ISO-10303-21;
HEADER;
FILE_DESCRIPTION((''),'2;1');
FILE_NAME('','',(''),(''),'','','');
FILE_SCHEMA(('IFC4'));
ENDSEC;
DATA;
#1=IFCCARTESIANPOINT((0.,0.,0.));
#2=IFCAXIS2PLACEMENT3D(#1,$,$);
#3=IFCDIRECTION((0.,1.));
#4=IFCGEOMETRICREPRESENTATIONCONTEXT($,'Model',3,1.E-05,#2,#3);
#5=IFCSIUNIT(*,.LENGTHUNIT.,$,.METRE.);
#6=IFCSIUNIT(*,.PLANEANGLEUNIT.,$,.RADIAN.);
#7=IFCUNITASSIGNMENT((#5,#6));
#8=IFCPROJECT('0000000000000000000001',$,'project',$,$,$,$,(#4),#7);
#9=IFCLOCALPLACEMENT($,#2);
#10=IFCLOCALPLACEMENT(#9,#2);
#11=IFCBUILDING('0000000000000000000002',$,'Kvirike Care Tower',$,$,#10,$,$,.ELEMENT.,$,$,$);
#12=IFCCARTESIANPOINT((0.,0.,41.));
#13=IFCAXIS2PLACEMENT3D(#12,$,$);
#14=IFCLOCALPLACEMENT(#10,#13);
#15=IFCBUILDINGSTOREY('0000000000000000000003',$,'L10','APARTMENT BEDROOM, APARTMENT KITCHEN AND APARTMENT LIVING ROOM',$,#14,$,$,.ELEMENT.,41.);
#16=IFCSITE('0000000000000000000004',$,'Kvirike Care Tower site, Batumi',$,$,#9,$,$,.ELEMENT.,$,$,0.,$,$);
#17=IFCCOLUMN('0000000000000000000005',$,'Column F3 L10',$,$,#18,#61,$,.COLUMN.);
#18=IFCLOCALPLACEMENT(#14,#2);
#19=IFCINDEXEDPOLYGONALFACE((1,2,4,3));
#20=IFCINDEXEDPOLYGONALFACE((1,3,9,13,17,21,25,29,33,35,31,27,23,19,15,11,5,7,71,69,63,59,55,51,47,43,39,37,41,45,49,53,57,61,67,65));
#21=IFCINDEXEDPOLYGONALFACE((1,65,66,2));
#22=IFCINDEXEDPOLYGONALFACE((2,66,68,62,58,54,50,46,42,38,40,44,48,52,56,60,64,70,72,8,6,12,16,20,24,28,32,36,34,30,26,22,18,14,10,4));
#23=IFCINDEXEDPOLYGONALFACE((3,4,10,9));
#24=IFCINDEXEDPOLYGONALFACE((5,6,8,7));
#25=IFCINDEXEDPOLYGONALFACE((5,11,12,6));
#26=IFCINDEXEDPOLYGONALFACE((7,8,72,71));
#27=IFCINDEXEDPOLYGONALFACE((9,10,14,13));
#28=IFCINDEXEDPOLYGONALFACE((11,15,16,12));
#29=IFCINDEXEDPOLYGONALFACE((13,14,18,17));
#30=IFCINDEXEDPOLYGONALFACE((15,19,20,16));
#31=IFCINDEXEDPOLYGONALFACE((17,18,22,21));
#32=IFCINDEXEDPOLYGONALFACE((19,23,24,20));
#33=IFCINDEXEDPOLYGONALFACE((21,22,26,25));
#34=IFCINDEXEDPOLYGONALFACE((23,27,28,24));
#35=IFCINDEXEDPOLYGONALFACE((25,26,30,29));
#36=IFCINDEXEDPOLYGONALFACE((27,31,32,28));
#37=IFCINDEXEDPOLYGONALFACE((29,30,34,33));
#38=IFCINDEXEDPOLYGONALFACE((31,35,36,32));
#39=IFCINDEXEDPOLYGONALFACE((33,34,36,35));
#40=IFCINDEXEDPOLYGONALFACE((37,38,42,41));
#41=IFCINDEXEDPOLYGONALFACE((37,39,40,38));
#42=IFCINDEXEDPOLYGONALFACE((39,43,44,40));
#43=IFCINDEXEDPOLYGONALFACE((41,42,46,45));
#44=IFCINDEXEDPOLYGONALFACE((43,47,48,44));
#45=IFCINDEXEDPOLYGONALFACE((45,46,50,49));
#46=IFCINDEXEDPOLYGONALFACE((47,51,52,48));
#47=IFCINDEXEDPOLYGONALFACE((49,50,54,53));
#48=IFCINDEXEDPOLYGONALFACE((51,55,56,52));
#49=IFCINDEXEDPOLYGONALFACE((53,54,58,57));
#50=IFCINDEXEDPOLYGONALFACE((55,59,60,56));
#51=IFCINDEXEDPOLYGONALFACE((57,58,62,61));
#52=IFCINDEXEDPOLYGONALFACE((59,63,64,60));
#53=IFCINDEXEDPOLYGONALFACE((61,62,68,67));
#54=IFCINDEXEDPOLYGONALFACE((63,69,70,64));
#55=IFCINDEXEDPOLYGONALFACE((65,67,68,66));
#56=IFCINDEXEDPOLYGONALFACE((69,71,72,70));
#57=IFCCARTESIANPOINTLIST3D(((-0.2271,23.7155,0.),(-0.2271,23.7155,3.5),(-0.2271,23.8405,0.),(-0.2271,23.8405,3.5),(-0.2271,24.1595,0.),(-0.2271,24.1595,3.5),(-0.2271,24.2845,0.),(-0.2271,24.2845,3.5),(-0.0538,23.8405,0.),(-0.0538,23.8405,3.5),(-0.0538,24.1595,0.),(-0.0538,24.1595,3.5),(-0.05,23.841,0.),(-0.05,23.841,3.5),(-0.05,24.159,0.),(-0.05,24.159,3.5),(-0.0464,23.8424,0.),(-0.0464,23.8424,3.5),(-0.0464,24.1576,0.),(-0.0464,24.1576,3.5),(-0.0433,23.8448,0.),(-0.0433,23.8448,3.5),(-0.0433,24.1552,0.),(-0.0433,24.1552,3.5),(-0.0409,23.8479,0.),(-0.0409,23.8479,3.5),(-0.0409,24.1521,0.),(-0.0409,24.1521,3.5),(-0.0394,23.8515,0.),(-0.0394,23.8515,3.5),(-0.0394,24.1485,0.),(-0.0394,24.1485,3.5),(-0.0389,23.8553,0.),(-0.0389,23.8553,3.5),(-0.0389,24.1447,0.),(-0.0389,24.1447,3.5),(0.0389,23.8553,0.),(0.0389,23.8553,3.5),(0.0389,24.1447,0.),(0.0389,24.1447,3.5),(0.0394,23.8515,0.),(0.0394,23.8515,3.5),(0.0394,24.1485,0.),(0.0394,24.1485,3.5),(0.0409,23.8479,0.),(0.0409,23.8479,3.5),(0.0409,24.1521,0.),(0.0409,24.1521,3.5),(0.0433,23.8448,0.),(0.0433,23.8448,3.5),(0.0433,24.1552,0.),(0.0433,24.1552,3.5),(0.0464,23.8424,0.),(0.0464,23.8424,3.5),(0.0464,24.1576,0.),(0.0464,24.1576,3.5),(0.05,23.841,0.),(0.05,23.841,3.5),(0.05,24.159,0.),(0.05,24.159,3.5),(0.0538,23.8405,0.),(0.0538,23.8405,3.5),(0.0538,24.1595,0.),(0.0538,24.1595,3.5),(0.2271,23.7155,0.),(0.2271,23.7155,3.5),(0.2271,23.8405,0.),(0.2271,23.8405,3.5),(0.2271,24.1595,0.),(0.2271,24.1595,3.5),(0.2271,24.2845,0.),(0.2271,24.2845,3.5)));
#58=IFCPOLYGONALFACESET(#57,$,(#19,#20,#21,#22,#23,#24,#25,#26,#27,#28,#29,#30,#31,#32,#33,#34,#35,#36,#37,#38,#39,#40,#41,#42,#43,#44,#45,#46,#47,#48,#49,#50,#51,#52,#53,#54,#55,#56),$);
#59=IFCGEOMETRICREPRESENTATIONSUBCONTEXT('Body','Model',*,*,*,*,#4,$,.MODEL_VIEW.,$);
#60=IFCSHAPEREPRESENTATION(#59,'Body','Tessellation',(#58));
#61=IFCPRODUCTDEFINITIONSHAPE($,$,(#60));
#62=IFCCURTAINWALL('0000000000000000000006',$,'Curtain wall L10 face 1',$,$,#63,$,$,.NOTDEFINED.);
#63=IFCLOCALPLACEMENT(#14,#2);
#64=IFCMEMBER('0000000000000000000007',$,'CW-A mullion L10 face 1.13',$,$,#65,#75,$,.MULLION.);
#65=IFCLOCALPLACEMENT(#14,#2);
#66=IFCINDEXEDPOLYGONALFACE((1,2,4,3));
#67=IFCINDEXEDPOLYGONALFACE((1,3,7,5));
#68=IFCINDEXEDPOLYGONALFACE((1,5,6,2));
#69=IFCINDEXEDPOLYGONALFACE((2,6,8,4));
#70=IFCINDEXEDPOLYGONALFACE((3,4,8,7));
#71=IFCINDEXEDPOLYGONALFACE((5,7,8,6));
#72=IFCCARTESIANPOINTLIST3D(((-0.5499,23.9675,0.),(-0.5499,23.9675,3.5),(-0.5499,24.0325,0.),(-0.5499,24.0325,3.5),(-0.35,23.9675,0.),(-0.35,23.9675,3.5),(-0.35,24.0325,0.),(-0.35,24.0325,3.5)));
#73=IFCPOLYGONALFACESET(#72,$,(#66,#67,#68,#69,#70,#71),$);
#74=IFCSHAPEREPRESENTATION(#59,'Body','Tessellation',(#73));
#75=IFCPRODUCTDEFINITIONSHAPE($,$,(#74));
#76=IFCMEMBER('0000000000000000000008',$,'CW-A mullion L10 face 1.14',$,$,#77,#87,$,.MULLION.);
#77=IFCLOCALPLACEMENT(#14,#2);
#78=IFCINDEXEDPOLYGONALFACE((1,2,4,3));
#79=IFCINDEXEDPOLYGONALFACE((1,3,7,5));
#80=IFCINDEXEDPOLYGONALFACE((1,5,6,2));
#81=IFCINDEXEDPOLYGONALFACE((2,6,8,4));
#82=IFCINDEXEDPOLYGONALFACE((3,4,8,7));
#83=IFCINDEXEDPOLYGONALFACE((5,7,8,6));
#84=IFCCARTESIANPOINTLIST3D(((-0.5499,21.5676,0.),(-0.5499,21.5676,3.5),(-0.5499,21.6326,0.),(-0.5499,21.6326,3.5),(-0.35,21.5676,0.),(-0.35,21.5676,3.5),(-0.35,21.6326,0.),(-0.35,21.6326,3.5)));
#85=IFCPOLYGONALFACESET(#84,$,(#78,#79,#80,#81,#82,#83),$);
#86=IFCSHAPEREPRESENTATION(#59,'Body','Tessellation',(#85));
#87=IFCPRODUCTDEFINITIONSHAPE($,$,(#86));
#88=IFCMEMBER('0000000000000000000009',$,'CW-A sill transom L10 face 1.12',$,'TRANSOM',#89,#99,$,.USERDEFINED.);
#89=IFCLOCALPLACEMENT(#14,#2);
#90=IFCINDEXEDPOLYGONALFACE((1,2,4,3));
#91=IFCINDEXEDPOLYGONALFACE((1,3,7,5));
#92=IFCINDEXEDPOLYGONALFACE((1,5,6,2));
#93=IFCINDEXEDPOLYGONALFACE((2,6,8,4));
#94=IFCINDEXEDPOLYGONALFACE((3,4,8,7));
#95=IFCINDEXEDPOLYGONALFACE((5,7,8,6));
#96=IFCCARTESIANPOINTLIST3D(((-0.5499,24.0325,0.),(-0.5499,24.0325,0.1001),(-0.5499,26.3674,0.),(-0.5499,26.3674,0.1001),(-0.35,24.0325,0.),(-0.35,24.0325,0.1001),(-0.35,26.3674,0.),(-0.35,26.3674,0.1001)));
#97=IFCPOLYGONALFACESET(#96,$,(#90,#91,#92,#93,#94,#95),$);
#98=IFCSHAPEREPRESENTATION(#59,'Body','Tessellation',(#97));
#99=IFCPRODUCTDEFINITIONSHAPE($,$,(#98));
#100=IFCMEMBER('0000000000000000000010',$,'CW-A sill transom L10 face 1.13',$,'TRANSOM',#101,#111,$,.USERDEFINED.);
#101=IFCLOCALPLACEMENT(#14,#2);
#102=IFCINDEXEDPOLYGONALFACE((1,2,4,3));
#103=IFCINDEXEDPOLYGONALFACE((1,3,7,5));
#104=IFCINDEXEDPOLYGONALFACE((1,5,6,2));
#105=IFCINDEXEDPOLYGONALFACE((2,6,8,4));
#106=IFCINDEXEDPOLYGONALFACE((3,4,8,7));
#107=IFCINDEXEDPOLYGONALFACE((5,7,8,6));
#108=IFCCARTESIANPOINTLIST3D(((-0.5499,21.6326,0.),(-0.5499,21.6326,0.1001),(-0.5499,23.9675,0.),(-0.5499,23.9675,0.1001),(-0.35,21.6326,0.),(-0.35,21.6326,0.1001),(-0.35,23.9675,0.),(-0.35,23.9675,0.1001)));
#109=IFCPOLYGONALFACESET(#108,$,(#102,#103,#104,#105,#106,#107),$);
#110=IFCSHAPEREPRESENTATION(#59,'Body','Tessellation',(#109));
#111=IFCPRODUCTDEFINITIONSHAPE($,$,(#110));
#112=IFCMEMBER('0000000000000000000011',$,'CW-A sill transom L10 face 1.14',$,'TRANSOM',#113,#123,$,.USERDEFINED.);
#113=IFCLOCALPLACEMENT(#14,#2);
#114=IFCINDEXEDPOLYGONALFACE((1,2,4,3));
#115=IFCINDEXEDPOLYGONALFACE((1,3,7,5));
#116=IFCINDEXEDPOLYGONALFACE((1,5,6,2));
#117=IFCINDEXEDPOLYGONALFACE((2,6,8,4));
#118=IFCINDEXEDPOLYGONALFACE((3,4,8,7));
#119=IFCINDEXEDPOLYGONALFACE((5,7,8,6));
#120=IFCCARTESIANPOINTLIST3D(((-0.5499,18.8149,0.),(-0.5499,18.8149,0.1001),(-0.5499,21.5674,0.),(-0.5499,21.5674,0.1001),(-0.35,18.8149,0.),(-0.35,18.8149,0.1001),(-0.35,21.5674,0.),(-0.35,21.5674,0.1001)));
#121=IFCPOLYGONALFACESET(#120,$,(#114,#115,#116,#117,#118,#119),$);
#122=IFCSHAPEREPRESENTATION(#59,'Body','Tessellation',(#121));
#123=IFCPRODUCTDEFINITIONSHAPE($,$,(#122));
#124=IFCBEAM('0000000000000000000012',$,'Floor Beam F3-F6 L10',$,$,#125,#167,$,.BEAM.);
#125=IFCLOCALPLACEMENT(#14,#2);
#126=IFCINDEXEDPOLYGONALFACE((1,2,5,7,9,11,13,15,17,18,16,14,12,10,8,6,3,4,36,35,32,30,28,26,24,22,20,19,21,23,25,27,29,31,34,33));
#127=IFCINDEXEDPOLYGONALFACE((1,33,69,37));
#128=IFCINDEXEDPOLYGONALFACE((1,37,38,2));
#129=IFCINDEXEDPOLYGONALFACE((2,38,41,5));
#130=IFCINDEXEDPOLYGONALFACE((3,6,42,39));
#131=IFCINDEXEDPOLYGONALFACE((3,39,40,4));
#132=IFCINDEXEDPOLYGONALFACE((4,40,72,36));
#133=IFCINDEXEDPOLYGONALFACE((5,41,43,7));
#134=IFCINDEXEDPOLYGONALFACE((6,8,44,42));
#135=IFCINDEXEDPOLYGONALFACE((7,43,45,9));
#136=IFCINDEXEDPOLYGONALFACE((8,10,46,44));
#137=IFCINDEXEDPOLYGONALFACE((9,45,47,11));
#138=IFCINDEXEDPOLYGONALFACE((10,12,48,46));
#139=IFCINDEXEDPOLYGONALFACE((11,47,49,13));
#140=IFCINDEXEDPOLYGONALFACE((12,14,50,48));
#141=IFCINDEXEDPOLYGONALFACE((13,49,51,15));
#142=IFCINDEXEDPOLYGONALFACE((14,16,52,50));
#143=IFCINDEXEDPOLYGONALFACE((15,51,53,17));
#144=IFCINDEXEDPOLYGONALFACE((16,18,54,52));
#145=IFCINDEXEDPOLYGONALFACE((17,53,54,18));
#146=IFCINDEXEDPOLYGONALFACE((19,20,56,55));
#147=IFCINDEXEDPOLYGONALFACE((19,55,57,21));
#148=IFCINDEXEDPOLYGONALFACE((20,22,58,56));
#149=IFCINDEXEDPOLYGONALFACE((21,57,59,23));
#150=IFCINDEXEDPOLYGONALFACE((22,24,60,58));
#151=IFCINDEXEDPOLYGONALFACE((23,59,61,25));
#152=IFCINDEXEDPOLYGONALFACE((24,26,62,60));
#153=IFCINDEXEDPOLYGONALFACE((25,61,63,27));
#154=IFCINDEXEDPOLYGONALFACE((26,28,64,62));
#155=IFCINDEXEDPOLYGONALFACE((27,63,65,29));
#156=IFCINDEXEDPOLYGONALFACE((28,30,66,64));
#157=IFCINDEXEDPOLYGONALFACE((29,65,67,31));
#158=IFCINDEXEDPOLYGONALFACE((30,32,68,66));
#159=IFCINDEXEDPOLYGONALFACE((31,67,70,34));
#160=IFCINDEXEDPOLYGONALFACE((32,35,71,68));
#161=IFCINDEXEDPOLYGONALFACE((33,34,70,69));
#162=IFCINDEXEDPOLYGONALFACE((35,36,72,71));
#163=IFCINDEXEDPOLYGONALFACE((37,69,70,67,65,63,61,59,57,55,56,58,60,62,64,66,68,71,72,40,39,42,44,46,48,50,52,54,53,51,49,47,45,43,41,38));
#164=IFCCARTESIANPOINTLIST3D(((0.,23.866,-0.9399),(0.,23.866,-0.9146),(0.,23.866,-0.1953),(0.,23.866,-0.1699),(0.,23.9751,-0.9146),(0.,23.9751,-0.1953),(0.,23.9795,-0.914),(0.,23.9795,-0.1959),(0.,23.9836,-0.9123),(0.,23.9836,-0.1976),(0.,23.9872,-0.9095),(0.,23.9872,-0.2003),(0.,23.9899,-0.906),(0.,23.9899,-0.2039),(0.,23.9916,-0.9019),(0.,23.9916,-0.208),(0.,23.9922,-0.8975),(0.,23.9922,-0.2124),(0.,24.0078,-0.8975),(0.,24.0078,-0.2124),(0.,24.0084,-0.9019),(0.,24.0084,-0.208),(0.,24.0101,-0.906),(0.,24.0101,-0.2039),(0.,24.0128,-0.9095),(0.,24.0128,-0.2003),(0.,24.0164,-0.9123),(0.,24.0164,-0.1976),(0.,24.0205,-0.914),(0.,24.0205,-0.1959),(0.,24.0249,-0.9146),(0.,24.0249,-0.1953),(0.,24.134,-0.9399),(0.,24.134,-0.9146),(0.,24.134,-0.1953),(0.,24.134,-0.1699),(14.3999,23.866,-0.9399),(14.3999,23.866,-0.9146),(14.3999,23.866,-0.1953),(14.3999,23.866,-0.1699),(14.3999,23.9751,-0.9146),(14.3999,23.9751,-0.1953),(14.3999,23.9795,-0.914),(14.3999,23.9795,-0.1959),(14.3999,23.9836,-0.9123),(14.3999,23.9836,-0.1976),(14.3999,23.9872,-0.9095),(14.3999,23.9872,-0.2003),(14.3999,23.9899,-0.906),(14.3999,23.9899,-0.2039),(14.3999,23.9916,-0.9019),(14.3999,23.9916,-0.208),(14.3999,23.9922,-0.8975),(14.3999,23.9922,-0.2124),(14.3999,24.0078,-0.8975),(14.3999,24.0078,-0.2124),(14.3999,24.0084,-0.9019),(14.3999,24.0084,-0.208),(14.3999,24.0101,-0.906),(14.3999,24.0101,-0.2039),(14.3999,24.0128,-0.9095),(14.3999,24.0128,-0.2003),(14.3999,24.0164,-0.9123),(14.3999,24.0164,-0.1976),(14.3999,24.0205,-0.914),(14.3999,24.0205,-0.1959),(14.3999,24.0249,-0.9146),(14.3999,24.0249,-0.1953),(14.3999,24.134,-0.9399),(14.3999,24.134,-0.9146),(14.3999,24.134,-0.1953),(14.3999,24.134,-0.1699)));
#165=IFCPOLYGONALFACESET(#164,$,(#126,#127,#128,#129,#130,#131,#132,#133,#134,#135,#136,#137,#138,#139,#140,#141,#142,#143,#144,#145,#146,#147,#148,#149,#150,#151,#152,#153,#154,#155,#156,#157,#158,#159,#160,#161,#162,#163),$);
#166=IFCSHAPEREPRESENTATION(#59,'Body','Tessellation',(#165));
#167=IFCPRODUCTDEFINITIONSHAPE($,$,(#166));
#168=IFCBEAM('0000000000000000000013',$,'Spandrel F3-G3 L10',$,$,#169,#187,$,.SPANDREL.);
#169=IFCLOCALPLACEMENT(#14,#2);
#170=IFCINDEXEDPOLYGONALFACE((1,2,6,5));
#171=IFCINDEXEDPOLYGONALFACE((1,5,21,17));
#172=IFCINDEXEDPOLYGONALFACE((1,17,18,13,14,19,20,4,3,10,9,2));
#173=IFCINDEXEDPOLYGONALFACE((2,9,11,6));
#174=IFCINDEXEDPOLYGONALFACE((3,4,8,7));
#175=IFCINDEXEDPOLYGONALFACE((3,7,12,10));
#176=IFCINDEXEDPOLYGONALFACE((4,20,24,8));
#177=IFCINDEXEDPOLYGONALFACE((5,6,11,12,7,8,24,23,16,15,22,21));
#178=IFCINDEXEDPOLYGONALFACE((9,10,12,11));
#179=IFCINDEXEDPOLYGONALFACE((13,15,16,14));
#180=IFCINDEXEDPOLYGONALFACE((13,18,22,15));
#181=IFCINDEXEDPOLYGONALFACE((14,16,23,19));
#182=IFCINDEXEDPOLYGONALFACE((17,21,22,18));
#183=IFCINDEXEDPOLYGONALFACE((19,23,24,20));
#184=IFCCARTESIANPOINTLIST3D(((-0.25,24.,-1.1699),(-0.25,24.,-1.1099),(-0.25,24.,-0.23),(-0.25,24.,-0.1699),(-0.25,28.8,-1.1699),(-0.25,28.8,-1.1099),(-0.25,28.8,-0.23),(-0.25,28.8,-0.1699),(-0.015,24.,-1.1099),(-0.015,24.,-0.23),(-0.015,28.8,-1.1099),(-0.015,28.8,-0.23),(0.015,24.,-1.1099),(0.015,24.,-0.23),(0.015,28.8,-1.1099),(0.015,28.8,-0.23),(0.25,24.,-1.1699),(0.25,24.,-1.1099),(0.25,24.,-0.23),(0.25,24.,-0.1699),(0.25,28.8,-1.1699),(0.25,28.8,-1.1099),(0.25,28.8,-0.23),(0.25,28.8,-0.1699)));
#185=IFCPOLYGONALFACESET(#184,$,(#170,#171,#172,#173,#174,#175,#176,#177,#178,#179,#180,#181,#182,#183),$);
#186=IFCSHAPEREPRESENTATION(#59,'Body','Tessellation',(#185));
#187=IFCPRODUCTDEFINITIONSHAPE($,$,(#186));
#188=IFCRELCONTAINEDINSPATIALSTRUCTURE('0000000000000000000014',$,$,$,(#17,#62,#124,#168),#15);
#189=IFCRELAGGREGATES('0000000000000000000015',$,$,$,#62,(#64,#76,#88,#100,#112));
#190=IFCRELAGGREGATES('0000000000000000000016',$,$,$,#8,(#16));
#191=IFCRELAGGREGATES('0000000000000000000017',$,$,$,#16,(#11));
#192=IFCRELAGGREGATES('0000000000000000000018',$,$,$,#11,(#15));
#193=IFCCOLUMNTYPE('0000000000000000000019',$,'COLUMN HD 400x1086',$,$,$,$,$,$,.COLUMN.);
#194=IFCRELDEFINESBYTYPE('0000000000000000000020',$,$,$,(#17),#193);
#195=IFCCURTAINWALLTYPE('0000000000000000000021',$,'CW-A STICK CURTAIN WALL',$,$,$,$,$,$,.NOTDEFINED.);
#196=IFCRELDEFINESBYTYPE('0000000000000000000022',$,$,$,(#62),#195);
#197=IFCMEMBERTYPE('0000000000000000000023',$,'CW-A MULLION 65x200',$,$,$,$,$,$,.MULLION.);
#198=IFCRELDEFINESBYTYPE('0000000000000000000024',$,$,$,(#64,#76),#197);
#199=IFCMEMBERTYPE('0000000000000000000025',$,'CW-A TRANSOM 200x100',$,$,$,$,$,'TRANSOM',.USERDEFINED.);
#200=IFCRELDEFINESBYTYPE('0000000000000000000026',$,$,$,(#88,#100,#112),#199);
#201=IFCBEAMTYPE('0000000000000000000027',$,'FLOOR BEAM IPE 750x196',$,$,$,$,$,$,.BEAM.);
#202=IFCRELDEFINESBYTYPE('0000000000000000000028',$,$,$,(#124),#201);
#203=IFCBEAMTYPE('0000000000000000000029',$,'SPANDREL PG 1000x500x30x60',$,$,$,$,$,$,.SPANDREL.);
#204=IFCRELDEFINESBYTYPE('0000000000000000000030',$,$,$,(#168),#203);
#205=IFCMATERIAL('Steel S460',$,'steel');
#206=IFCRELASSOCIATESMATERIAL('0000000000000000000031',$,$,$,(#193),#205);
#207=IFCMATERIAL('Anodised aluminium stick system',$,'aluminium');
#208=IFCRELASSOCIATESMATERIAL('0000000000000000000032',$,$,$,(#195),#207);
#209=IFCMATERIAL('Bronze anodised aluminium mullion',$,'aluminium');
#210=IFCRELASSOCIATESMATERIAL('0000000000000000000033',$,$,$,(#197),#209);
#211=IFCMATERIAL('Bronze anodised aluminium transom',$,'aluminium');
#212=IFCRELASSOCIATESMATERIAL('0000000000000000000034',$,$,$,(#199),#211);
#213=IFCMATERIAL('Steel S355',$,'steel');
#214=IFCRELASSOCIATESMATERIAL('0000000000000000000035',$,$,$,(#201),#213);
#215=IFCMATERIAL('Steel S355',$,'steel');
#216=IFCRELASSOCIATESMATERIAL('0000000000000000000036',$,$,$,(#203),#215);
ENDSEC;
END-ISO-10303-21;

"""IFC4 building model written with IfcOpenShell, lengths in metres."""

from ifc_helpers import new_model, si_unit, direction, frame, origin, origin_2d, place, context, subcontext, project, spatial, rectangle, i_section, extrude, material, material_profile, profile_set, type_object, element, aggregate, save


model = new_model("IFC4")

# Units and contexts
model_context = context("Model", 3, precision=1e-05, world=origin(), true_north=direction((0.0, 1.0)))
body_context = subcontext(model_context, "Body", "Model", "MODEL_VIEW")
ifc_project = project(units=[si_unit("LENGTHUNIT", "METRE"), si_unit("PLANEANGLEUNIT", "RADIAN")], contexts=[model_context])

# Site, building, storey
site_placement = place(None, origin())
site = spatial("IfcSite", under=ifc_project, at=site_placement, Name="Kvirike Care Tower site, Batumi", CompositionType="ELEMENT", RefElevation=0.0)
building_placement = place(site_placement, origin())
building = spatial("IfcBuilding", under=site, at=building_placement, Name="Kvirike Care Tower", CompositionType="ELEMENT")
storey_placement = place(building_placement, frame((0.0, 0.0, 41.0)))
storey = spatial("IfcBuildingStorey", under=building, at=storey_placement, Name="L10", Description="APARTMENT BEDROOM, APARTMENT KITCHEN AND APARTMENT LIVING ROOM", CompositionType="ELEMENT", Elevation=41.0)

# Column
ifc_material_1 = material(Name="Steel S460", Category="steel")
ifc_material_profile_1 = material_profile(ifc_material_1, i_section(OverallWidth=0.4541, OverallDepth=0.5691, WebThickness=0.0779, FlangeThickness=0.125, FilletRadius=0.0149, at=origin_2d()), Name="HD 400x1086")
ifc_profile_set_1 = profile_set([ifc_material_profile_1], Name="Steel S460")
column_type = type_object("IfcColumnType", Name="COLUMN HD 400x1086", PredefinedType="COLUMN", material=ifc_profile_set_1)
column_placement = place(storey_placement, frame((0.0, 24.0, 0.0), z_axis=(0.0, 0.0, 1.0), x_axis=(1.0, 0.0, 0.0)))
element("IfcColumn", 1, at=column_placement, inside=storey, type_object=column_type, Name="Column F3 L10", PredefinedType="COLUMN", context=body_context, shape_type="SweptSolid", body=[
    extrude(i_section(OverallWidth=0.4541, OverallDepth=0.5691, WebThickness=0.0779, FlangeThickness=0.125, FilletRadius=0.0149, at=origin_2d()), origin(), (0.0, 0.0, 1.0), 3.5),
])

# Curtain wall, members
ifc_material_2 = material(Name="Anodised aluminium stick system", Category="aluminium")
curtain_wall_type = type_object("IfcCurtainWallType", Name="CW-A STICK CURTAIN WALL", PredefinedType="NOTDEFINED", material=ifc_material_2)
curtain_wall_placement = place(storey_placement, origin())
curtain_wall = element("IfcCurtainWall", 2, at=curtain_wall_placement, inside=storey, type_object=curtain_wall_type, Name="Curtain wall L10 face 1", PredefinedType="NOTDEFINED")
ifc_material_3 = material(Name="Bronze anodised aluminium mullion", Category="aluminium")
ifc_material_profile_2 = material_profile(ifc_material_3, rectangle(XDim=0.0649, YDim=0.2, at=origin_2d()), Name="CW-A MULLION 65x200")
ifc_profile_set_2 = profile_set([ifc_material_profile_2], Name="Bronze anodised aluminium mullion")
member_type_1 = type_object("IfcMemberType", Name="CW-A MULLION 65x200", PredefinedType="MULLION", material=ifc_profile_set_2)
member_1_placement = place(storey_placement, frame((-0.45, 24.0, 0.0), z_axis=(0.0, 0.0, 1.0), x_axis=(0.0, -1.0, 0.0)))
member_1 = element("IfcMember", 3, at=member_1_placement, type_object=member_type_1, Name="CW-A mullion L10 face 1.13", PredefinedType="MULLION", context=body_context, shape_type="SweptSolid", body=[
    extrude(rectangle(XDim=0.0649, YDim=0.2, at=origin_2d()), origin(), (0.0, 0.0, 1.0), 3.5),
])
member_2_placement = place(storey_placement, frame((-0.45, 21.6001, 0.0), z_axis=(0.0, 0.0, 1.0), x_axis=(0.0, -1.0, 0.0)))
member_2 = element("IfcMember", 4, at=member_2_placement, type_object=member_type_1, Name="CW-A mullion L10 face 1.14", PredefinedType="MULLION", context=body_context, shape_type="SweptSolid", body=[
    extrude(rectangle(XDim=0.0649, YDim=0.2, at=origin_2d()), origin(), (0.0, 0.0, 1.0), 3.5),
])
ifc_material_4 = material(Name="Bronze anodised aluminium transom", Category="aluminium")
ifc_material_profile_3 = material_profile(ifc_material_4, rectangle(XDim=0.2, YDim=0.1001, at=origin_2d()), Name="CW-A TRANSOM 200x100")
ifc_profile_set_3 = profile_set([ifc_material_profile_3], Name="Bronze anodised aluminium transom")
member_type_2 = type_object("IfcMemberType", Name="CW-A TRANSOM 200x100", ElementType="TRANSOM", PredefinedType="USERDEFINED", material=ifc_profile_set_3)
member_3_placement = place(storey_placement, frame((-0.45, 26.3674, 0.05), z_axis=(0.0, -1.0, 0.0), x_axis=(1.0, 0.0, 0.0)))
member_3 = element("IfcMember", 5, at=member_3_placement, type_object=member_type_2, Name="CW-A sill transom L10 face 1.12", ObjectType="TRANSOM", PredefinedType="USERDEFINED", context=body_context, shape_type="SweptSolid", body=[
    extrude(rectangle(XDim=0.2, YDim=0.1001, at=origin_2d()), origin(), (0.0, 0.0, 1.0), 2.335),
])
member_4_placement = place(storey_placement, frame((-0.45, 23.9675, 0.05), z_axis=(0.0, -1.0, 0.0), x_axis=(1.0, 0.0, 0.0)))
member_4 = element("IfcMember", 6, at=member_4_placement, type_object=member_type_2, Name="CW-A sill transom L10 face 1.13", ObjectType="TRANSOM", PredefinedType="USERDEFINED", context=body_context, shape_type="SweptSolid", body=[
    extrude(rectangle(XDim=0.2, YDim=0.1001, at=origin_2d()), origin(), (0.0, 0.0, 1.0), 2.335),
])
member_5_placement = place(storey_placement, frame((-0.45, 21.5674, 0.05), z_axis=(0.0, -1.0, 0.0), x_axis=(1.0, 0.0, 0.0)))
member_5 = element("IfcMember", 7, at=member_5_placement, type_object=member_type_2, Name="CW-A sill transom L10 face 1.14", ObjectType="TRANSOM", PredefinedType="USERDEFINED", context=body_context, shape_type="SweptSolid", body=[
    extrude(rectangle(XDim=0.2, YDim=0.1001, at=origin_2d()), origin(), (0.0, 0.0, 1.0), 2.7524),
])

# Beams
ifc_material_5 = material(Name="Steel S355", Category="steel")
ifc_material_profile_4 = material_profile(ifc_material_5, i_section(OverallWidth=0.2681, OverallDepth=0.77, WebThickness=0.0156, FlangeThickness=0.0254, FilletRadius=0.0171, at=origin_2d()), Name="IPE 750x196")
ifc_profile_set_4 = profile_set([ifc_material_profile_4], Name="Steel S355")
beam_type_1 = type_object("IfcBeamType", Name="FLOOR BEAM IPE 750x196", PredefinedType="BEAM", material=ifc_profile_set_4)
beam_1_placement = place(storey_placement, frame((0.0, 24.0, -0.5549), z_axis=(1.0, 0.0, 0.0), x_axis=(0.0, 1.0, 0.0)))
element("IfcBeam", 8, at=beam_1_placement, inside=storey, type_object=beam_type_1, Name="Floor Beam F3-F6 L10", PredefinedType="BEAM", context=body_context, shape_type="SweptSolid", body=[
    extrude(i_section(OverallWidth=0.2681, OverallDepth=0.77, WebThickness=0.0156, FlangeThickness=0.0254, FilletRadius=0.0171, at=origin_2d()), origin(), (0.0, 0.0, 1.0), 14.3999),
])
ifc_material_6 = material(Name="Steel S355", Category="steel")
ifc_material_profile_5 = material_profile(ifc_material_6, i_section(OverallWidth=0.5, OverallDepth=1.0, WebThickness=0.03, FlangeThickness=0.0601, at=origin_2d()), Name="PG 1000x500x30x60")
ifc_profile_set_5 = profile_set([ifc_material_profile_5], Name="Steel S355")
beam_type_2 = type_object("IfcBeamType", Name="SPANDREL PG 1000x500x30x60", PredefinedType="SPANDREL", material=ifc_profile_set_5)
beam_2_placement = place(storey_placement, frame((0.0, 24.0, -0.6699), z_axis=(0.0, 1.0, 0.0), x_axis=(-1.0, 0.0, 0.0)))
element("IfcBeam", 9, at=beam_2_placement, inside=storey, type_object=beam_type_2, Name="Spandrel F3-G3 L10", PredefinedType="SPANDREL", context=body_context, shape_type="SweptSolid", body=[
    extrude(i_section(OverallWidth=0.5, OverallDepth=1.0, WebThickness=0.03, FlangeThickness=0.0601, at=origin_2d()), origin(), (0.0, 0.0, 1.0), 4.8),
])

aggregate(curtain_wall, [member_1, member_2, member_3, member_4, member_5])

save(model, "model.ifc")
